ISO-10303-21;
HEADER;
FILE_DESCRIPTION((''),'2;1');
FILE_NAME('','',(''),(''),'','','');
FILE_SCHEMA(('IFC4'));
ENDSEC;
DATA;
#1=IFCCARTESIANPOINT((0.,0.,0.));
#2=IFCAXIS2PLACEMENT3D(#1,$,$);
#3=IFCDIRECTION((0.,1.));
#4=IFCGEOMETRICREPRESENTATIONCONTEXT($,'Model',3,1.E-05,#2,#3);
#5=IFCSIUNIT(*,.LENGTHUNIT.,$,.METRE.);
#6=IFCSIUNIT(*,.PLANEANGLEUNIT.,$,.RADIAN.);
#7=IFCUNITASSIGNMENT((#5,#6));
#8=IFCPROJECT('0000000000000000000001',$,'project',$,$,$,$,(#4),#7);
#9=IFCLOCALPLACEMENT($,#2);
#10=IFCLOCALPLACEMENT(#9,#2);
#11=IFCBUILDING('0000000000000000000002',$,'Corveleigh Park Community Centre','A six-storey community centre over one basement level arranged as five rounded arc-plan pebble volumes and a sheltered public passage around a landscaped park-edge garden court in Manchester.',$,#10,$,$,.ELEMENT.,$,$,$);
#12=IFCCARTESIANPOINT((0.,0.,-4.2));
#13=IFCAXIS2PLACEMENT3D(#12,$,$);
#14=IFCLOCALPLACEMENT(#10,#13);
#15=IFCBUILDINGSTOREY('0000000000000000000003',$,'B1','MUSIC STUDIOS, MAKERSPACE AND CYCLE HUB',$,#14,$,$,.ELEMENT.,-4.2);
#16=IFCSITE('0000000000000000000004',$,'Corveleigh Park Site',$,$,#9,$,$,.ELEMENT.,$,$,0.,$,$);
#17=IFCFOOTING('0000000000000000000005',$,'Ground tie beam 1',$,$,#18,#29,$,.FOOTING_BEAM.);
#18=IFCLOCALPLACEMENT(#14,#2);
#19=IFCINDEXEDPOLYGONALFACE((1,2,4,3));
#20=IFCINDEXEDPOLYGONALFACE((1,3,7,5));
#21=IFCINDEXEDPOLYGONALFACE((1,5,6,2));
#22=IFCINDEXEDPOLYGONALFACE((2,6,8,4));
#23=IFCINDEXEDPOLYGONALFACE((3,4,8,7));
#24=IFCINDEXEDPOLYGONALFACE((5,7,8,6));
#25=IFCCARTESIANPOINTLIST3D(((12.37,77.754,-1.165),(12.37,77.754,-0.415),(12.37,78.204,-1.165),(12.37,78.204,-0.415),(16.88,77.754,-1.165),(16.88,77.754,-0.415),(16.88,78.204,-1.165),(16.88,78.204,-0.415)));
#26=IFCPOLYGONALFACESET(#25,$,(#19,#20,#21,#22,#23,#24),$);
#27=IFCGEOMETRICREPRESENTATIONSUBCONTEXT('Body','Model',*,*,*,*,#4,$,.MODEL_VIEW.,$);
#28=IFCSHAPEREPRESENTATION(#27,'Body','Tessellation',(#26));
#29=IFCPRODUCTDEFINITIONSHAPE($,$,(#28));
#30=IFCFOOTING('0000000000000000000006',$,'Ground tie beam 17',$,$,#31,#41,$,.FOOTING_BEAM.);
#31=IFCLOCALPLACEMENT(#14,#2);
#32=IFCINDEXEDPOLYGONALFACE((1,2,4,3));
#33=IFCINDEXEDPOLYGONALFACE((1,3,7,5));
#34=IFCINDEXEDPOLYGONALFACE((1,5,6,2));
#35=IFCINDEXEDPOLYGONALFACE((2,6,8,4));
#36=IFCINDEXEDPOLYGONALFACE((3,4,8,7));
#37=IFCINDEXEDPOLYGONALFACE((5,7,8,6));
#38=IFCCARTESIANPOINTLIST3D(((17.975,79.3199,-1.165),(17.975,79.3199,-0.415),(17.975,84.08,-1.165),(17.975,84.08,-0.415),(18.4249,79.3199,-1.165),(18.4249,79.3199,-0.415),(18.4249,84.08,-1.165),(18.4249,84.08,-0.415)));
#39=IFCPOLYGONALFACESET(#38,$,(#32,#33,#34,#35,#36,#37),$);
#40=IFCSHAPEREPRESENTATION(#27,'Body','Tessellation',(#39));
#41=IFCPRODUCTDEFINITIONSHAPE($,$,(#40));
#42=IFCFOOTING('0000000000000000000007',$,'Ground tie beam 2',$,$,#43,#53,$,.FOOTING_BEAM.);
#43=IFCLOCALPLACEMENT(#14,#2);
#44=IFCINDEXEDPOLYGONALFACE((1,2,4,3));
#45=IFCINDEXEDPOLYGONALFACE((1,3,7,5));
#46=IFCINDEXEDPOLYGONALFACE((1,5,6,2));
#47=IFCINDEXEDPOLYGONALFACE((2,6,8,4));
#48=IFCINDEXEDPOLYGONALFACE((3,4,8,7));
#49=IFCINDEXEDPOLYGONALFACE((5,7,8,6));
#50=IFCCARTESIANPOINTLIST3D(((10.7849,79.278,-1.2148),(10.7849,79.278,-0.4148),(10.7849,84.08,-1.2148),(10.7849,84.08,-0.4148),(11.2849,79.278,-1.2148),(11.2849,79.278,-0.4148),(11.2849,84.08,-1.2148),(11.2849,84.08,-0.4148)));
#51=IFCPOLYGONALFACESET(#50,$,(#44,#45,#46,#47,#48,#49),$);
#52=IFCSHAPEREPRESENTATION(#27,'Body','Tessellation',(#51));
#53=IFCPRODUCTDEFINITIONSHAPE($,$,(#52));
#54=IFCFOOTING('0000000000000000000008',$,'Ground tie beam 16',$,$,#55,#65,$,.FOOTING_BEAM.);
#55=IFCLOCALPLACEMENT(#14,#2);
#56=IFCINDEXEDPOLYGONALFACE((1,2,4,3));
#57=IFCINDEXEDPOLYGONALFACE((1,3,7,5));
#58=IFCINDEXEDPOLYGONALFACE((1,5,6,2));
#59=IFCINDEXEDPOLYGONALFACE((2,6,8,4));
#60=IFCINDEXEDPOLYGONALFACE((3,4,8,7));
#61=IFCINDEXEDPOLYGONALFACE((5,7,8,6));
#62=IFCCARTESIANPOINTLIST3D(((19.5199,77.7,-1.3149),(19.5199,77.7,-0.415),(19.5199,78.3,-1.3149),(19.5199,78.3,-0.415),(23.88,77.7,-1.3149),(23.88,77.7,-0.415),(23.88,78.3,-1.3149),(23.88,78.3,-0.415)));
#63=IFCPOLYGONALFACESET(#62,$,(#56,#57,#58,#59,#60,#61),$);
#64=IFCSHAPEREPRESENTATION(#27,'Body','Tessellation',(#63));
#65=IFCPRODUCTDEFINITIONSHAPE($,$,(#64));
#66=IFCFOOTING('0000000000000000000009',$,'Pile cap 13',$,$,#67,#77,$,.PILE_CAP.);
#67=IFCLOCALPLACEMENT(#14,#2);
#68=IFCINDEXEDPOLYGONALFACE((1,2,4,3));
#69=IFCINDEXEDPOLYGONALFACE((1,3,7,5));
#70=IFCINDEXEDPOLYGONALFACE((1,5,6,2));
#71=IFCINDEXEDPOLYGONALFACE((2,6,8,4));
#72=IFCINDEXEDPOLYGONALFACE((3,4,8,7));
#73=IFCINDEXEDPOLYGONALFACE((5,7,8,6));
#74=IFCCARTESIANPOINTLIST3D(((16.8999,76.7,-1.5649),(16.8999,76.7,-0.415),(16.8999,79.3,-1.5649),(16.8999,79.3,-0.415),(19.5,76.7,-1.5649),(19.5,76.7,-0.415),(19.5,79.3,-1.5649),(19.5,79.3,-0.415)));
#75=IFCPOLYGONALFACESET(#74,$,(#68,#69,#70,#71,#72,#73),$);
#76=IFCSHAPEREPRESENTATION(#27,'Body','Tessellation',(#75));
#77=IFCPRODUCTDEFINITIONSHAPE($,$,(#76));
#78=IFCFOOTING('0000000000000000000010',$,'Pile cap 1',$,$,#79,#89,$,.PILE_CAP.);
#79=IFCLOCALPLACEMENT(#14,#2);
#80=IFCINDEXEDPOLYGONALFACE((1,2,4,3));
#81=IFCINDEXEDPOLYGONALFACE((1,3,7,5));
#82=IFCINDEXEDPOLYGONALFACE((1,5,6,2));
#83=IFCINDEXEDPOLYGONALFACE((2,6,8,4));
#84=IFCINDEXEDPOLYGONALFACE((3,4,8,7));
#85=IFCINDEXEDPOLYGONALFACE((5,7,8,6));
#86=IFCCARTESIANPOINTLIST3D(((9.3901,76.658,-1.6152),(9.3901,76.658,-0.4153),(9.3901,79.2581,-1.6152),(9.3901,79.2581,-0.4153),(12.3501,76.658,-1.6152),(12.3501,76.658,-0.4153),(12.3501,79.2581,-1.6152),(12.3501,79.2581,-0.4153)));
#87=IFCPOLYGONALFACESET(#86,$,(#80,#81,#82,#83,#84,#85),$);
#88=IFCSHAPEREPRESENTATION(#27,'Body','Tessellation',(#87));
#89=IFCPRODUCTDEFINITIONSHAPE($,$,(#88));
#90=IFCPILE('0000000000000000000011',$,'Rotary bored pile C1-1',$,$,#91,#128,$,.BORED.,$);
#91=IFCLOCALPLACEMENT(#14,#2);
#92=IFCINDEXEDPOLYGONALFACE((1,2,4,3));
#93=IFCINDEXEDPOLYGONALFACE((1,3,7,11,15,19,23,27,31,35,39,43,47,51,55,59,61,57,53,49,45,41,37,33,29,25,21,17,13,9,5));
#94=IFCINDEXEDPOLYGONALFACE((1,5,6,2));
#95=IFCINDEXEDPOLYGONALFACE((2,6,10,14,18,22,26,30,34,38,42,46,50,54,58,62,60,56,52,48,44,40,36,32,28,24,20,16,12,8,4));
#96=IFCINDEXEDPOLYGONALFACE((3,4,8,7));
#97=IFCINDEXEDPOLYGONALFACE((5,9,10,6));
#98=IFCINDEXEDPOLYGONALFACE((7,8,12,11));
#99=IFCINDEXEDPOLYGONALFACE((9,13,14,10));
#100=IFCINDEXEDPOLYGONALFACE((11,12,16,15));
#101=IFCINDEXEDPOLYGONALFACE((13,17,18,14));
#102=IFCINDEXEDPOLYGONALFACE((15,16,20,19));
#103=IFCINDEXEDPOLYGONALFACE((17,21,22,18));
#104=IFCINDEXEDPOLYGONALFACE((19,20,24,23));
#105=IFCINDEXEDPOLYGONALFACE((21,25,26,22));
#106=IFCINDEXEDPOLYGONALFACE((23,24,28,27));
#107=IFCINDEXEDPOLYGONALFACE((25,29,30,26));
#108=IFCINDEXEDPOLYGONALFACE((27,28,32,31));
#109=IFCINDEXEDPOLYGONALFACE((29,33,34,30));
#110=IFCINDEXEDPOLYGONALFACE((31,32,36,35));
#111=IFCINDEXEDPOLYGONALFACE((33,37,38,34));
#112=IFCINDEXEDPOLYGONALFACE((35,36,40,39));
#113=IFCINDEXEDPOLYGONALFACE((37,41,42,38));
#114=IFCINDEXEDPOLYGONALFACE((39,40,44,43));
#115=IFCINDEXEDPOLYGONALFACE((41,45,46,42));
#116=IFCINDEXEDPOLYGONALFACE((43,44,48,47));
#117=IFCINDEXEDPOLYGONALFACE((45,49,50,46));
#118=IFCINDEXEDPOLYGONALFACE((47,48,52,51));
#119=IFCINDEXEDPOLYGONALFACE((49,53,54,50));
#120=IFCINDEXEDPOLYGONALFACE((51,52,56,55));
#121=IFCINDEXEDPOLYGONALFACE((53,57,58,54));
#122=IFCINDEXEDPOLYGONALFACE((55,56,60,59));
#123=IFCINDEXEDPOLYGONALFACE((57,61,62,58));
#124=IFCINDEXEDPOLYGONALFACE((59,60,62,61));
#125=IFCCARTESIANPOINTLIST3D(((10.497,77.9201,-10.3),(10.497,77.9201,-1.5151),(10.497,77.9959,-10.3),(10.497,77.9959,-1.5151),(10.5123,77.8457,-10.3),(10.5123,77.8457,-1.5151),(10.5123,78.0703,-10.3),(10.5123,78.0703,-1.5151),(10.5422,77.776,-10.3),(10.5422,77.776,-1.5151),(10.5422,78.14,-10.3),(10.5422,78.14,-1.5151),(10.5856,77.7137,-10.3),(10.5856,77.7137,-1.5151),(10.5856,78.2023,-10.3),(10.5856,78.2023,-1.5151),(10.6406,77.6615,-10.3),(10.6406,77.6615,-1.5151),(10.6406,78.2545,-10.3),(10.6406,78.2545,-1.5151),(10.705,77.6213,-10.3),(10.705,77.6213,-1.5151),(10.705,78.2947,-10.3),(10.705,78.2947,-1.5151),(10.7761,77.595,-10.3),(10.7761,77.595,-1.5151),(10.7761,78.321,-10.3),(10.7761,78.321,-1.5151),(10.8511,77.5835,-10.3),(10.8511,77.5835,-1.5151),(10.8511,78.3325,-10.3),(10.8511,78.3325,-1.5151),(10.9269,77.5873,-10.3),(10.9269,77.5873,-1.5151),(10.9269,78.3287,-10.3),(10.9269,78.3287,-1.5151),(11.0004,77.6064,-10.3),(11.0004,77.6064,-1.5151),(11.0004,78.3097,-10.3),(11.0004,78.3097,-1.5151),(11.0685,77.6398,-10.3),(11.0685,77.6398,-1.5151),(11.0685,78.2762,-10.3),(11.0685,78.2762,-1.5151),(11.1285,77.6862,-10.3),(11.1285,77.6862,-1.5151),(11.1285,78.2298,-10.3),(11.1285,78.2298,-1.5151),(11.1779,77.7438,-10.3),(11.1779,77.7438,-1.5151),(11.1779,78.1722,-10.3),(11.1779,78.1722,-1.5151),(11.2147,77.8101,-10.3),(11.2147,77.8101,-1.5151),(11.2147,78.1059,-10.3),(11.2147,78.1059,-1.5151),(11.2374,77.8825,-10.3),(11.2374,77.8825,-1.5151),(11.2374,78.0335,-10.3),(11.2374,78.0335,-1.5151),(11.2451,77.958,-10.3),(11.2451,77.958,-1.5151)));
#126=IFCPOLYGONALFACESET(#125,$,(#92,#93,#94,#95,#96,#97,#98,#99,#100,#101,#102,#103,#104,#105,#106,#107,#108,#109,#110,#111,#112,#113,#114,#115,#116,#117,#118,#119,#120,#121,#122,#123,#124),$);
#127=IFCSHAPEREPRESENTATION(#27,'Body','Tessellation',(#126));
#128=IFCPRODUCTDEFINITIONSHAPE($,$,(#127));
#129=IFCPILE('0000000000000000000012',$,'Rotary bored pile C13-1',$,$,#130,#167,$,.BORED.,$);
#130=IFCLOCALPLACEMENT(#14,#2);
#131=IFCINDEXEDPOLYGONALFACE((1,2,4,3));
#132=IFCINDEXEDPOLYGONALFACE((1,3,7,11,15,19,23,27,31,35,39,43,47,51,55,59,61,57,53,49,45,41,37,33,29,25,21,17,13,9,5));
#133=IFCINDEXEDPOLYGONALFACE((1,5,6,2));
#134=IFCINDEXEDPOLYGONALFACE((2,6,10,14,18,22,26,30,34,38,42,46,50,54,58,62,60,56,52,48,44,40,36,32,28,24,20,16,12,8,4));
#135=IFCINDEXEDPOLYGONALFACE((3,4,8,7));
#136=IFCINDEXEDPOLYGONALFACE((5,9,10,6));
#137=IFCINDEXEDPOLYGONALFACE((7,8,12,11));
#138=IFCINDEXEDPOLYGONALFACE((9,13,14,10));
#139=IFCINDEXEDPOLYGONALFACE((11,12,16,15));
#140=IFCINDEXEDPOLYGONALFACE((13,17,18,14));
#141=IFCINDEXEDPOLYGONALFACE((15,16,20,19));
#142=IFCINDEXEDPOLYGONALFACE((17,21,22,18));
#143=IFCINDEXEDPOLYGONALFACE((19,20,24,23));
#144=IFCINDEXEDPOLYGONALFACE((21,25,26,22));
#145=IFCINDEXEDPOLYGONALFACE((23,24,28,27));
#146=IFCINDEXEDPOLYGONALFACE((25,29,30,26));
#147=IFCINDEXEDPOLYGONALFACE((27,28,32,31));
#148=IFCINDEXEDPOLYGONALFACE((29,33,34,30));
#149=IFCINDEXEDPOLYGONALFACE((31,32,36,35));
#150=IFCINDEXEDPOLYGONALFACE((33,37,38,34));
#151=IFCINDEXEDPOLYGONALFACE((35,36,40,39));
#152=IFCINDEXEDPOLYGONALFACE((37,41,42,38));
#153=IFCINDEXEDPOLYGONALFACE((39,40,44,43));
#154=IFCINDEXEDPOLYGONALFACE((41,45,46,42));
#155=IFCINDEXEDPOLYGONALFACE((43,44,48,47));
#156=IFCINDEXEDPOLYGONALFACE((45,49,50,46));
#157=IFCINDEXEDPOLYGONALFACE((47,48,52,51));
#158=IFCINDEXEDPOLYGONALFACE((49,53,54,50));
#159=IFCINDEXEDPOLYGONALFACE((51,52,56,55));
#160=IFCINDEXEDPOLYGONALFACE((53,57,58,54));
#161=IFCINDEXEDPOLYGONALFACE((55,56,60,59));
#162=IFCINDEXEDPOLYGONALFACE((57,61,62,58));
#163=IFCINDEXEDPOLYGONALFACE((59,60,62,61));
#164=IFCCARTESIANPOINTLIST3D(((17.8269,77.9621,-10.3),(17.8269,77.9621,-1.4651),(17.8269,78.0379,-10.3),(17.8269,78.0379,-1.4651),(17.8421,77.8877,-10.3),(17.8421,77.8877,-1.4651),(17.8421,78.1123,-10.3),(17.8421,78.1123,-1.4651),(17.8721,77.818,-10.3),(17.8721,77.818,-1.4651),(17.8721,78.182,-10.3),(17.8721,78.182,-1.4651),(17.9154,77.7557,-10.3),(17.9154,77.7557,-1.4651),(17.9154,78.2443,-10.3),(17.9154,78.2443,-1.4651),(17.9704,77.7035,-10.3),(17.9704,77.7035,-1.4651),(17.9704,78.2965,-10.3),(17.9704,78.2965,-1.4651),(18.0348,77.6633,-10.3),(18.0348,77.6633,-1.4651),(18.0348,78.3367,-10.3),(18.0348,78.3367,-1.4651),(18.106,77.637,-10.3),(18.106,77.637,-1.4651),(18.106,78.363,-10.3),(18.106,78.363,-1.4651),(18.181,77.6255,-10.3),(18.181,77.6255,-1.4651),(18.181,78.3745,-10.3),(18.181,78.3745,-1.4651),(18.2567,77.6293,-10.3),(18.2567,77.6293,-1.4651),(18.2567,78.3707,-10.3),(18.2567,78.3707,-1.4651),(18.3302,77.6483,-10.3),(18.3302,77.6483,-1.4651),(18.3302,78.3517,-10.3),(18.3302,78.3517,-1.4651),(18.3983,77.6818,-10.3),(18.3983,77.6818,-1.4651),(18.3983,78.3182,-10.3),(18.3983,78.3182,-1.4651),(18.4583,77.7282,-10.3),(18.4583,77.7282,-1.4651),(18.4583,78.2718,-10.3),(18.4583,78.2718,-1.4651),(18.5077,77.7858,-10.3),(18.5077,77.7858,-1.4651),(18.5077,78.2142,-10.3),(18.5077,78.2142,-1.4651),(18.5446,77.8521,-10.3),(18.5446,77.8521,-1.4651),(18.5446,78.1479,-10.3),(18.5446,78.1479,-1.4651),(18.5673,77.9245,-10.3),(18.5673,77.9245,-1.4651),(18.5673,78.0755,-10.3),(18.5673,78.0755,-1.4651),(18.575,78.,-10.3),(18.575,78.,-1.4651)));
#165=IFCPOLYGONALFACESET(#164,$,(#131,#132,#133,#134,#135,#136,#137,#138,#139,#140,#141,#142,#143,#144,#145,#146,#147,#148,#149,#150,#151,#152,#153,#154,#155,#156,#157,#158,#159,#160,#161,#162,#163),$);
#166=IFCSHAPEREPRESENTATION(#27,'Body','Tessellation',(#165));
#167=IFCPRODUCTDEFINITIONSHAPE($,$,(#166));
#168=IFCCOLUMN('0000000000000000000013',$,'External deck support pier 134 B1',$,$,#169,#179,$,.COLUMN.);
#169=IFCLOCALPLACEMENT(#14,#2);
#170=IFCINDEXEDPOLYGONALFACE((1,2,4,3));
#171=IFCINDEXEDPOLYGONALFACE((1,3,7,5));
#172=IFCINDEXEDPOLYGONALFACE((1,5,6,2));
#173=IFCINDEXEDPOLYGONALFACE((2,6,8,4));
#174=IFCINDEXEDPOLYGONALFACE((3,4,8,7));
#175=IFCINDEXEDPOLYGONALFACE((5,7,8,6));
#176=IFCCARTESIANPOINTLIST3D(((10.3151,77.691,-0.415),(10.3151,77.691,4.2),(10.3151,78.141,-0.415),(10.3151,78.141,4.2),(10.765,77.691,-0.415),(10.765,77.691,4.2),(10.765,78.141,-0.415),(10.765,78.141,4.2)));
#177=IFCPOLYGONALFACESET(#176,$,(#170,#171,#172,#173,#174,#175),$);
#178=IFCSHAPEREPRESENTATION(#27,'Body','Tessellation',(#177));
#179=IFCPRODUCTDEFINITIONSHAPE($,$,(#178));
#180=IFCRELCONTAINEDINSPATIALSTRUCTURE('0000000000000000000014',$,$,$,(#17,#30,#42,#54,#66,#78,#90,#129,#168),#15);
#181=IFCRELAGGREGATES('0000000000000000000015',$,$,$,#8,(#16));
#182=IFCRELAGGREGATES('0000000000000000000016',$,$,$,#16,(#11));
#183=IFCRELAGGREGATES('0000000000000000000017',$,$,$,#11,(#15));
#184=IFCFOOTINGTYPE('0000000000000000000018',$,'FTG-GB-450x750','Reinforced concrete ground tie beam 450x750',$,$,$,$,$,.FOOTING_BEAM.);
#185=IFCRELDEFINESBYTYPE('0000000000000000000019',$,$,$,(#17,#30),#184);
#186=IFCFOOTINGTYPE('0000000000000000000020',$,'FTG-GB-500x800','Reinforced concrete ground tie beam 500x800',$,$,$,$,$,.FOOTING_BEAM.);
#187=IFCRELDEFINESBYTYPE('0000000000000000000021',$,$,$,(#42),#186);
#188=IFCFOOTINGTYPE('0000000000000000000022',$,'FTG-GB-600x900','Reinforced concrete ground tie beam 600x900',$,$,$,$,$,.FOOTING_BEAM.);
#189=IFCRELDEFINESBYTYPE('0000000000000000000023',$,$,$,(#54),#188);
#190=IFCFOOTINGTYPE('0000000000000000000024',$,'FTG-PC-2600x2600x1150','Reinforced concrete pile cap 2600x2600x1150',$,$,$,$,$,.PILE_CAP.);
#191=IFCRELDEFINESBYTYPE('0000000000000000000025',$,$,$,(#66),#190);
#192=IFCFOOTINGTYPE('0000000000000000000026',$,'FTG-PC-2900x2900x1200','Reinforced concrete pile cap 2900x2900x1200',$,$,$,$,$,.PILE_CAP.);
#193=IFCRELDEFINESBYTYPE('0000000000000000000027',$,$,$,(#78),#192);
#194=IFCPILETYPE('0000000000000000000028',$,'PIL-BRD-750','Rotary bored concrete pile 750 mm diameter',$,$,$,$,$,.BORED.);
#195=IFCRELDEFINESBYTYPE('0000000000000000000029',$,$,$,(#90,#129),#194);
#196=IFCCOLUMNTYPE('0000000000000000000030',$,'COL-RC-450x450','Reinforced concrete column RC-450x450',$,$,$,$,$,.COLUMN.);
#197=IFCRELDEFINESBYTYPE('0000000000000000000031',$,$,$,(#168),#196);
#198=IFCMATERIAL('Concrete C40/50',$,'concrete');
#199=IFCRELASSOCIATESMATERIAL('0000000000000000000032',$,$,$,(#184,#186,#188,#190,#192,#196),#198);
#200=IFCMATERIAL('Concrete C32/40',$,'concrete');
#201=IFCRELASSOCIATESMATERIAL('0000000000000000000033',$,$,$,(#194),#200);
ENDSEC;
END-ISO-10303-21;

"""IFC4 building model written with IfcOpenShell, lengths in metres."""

from ifc_helpers import new_model, si_unit, direction, frame, origin, origin_2d, place, context, subcontext, project, spatial, rectangle, circle, extrude, material, material_profile, profile_set, type_object, element, save


model = new_model("IFC4")

# Units and contexts
model_context = context("Model", 3, precision=1e-05, world=origin(), true_north=direction((0.0, 1.0)))
body_context = subcontext(model_context, "Body", "Model", "MODEL_VIEW")
ifc_project = project(units=[si_unit("LENGTHUNIT", "METRE"), si_unit("PLANEANGLEUNIT", "RADIAN")], contexts=[model_context])

# Site, building, storey
site_placement = place(None, origin())
site = spatial("IfcSite", under=ifc_project, at=site_placement, Name="Corveleigh Park Site", CompositionType="ELEMENT", RefElevation=0.0)
building_placement = place(site_placement, origin())
building = spatial("IfcBuilding", under=site, at=building_placement, Name="Corveleigh Park Community Centre", Description="A six-storey community centre over one basement level arranged as five rounded arc-plan pebble volumes and a sheltered public passage around a landscaped park-edge garden court in Manchester.", CompositionType="ELEMENT")
storey_placement = place(building_placement, frame((0.0, 0.0, -4.2)))
storey = spatial("IfcBuildingStorey", under=building, at=storey_placement, Name="B1", Description="MUSIC STUDIOS, MAKERSPACE AND CYCLE HUB", CompositionType="ELEMENT", Elevation=-4.2)

# Footings
ifc_material_1 = material(Name="Concrete C40/50", Category="concrete")
footing_type_1 = type_object("IfcFootingType", Name="FTG-GB-450x750", Description="Reinforced concrete ground tie beam 450x750", PredefinedType="FOOTING_BEAM", material=ifc_material_1)
footing_1_placement = place(storey_placement, frame((14.625, 77.979, -1.165), z_axis=(0.0, 0.0, 1.0), x_axis=(1.0, 0.0, 0.0)))
element("IfcFooting", 1, at=footing_1_placement, inside=storey, type_object=footing_type_1, Name="Ground tie beam 1", PredefinedType="FOOTING_BEAM", context=body_context, shape_type="SweptSolid", body=[
    extrude(rectangle(XDim=4.51, YDim=0.45, at=origin_2d()), origin(), (0.0, 0.0, 1.0), 0.75),
])
footing_2_placement = place(storey_placement, frame((18.2, 81.7, -1.165), z_axis=(0.0, 0.0, 1.0), x_axis=(1.0, 0.0, 0.0)))
element("IfcFooting", 2, at=footing_2_placement, inside=storey, type_object=footing_type_1, Name="Ground tie beam 17", PredefinedType="FOOTING_BEAM", context=body_context, shape_type="SweptSolid", body=[
    extrude(rectangle(XDim=0.45, YDim=4.76, at=origin_2d()), origin(), (0.0, 0.0, 1.0), 0.75),
])
footing_type_2 = type_object("IfcFootingType", Name="FTG-GB-500x800", Description="Reinforced concrete ground tie beam 500x800", PredefinedType="FOOTING_BEAM", material=ifc_material_1)
footing_3_placement = place(storey_placement, frame((11.0349, 81.679, -1.2148), z_axis=(0.0, 0.0, 1.0), x_axis=(1.0, 0.0, 0.0)))
element("IfcFooting", 3, at=footing_3_placement, inside=storey, type_object=footing_type_2, Name="Ground tie beam 2", PredefinedType="FOOTING_BEAM", context=body_context, shape_type="SweptSolid", body=[
    extrude(rectangle(XDim=0.5, YDim=4.802, at=origin_2d()), origin(), (0.0, 0.0, 1.0), 0.8),
])
footing_type_3 = type_object("IfcFootingType", Name="FTG-GB-600x900", Description="Reinforced concrete ground tie beam 600x900", PredefinedType="FOOTING_BEAM", material=ifc_material_1)
footing_4_placement = place(storey_placement, frame((21.7, 78.0, -1.3149), z_axis=(0.0, 0.0, 1.0), x_axis=(1.0, 0.0, 0.0)))
element("IfcFooting", 4, at=footing_4_placement, inside=storey, type_object=footing_type_3, Name="Ground tie beam 16", PredefinedType="FOOTING_BEAM", context=body_context, shape_type="SweptSolid", body=[
    extrude(rectangle(XDim=4.3601, YDim=0.6001, at=origin_2d()), origin(), (0.0, 0.0, 1.0), 0.8999),
])
footing_type_4 = type_object("IfcFootingType", Name="FTG-PC-2600x2600x1150", Description="Reinforced concrete pile cap 2600x2600x1150", PredefinedType="PILE_CAP", material=ifc_material_1)
footing_5_placement = place(storey_placement, frame((18.2, 78.0, -1.5649), z_axis=(0.0, 0.0, 1.0), x_axis=(1.0, 0.0, 0.0)))
element("IfcFooting", 5, at=footing_5_placement, inside=storey, type_object=footing_type_4, Name="Pile cap 13", PredefinedType="PILE_CAP", context=body_context, shape_type="SweptSolid", body=[
    extrude(rectangle(XDim=2.6001, YDim=2.6001, at=origin_2d()), origin(), (0.0, 0.0, 1.0), 1.1499),
])
footing_type_5 = type_object("IfcFootingType", Name="FTG-PC-2900x2900x1200", Description="Reinforced concrete pile cap 2900x2900x1200", PredefinedType="PILE_CAP", material=ifc_material_1)
footing_6_placement = place(storey_placement, frame((10.8701, 77.958, -1.6152), z_axis=(0.0, 0.0, 1.0), x_axis=(1.0, 0.0, 0.0)))
element("IfcFooting", 6, at=footing_6_placement, inside=storey, type_object=footing_type_5, Name="Pile cap 1", PredefinedType="PILE_CAP", context=body_context, shape_type="SweptSolid", body=[
    extrude(rectangle(XDim=2.96, YDim=2.6001, at=origin_2d()), origin(), (0.0, 0.0, 1.0), 1.2),
])

# Piles
ifc_material_2 = material(Name="Concrete C32/40", Category="concrete")
ifc_material_profile_1 = material_profile(ifc_material_2, circle(Radius=0.375, at=origin_2d()), Name="BORED-PILE-750", Category="concrete")
ifc_profile_set_1 = profile_set([ifc_material_profile_1], Name="Concrete C32/40")
pile_type = type_object("IfcPileType", Name="PIL-BRD-750", Description="Rotary bored concrete pile 750 mm diameter", PredefinedType="BORED", material=ifc_profile_set_1)
pile_1_placement = place(storey_placement, frame((10.8701, 77.958, -1.5151), z_axis=(0.0, 0.0, -1.0), x_axis=(1.0, 0.0, 0.0)))
element("IfcPile", 7, at=pile_1_placement, inside=storey, type_object=pile_type, Name="Rotary bored pile C1-1", PredefinedType="BORED", context=body_context, shape_type="SweptSolid", body=[
    extrude(circle(Radius=0.375, at=origin_2d()), origin(), (0.0, 0.0, 1.0), 8.7849),
])
pile_2_placement = place(storey_placement, frame((18.2, 78.0, -1.4651), z_axis=(0.0, 0.0, -1.0), x_axis=(1.0, 0.0, 0.0)))
element("IfcPile", 8, at=pile_2_placement, inside=storey, type_object=pile_type, Name="Rotary bored pile C13-1", PredefinedType="BORED", context=body_context, shape_type="SweptSolid", body=[
    extrude(circle(Radius=0.375, at=origin_2d()), origin(), (0.0, 0.0, 1.0), 8.835),
])

# Column
ifc_material_profile_2 = material_profile(ifc_material_1, rectangle(XDim=0.45, YDim=0.45, at=origin_2d()), Name="RC-450x450", Category="concrete")
ifc_profile_set_2 = profile_set([ifc_material_profile_2], Name="Concrete C40/50")
column_type_1 = type_object("IfcColumnType", Name="COL-RC-450x450", Description="Reinforced concrete column RC-450x450", PredefinedType="COLUMN", material=ifc_profile_set_2)
column_1_placement = place(storey_placement, frame((10.54, 77.916, -0.415), z_axis=(0.0, 0.0, 1.0), x_axis=(1.0, 0.0, 0.0)))
element("IfcColumn", 9, at=column_1_placement, inside=storey, type_object=column_type_1, Name="External deck support pier 134 B1", PredefinedType="COLUMN", context=body_context, shape_type="SweptSolid", body=[
    extrude(rectangle(XDim=0.45, YDim=0.45, at=origin_2d()), origin(), (0.0, 0.0, 1.0), 4.615),
])

save(model, "model.ifc")
